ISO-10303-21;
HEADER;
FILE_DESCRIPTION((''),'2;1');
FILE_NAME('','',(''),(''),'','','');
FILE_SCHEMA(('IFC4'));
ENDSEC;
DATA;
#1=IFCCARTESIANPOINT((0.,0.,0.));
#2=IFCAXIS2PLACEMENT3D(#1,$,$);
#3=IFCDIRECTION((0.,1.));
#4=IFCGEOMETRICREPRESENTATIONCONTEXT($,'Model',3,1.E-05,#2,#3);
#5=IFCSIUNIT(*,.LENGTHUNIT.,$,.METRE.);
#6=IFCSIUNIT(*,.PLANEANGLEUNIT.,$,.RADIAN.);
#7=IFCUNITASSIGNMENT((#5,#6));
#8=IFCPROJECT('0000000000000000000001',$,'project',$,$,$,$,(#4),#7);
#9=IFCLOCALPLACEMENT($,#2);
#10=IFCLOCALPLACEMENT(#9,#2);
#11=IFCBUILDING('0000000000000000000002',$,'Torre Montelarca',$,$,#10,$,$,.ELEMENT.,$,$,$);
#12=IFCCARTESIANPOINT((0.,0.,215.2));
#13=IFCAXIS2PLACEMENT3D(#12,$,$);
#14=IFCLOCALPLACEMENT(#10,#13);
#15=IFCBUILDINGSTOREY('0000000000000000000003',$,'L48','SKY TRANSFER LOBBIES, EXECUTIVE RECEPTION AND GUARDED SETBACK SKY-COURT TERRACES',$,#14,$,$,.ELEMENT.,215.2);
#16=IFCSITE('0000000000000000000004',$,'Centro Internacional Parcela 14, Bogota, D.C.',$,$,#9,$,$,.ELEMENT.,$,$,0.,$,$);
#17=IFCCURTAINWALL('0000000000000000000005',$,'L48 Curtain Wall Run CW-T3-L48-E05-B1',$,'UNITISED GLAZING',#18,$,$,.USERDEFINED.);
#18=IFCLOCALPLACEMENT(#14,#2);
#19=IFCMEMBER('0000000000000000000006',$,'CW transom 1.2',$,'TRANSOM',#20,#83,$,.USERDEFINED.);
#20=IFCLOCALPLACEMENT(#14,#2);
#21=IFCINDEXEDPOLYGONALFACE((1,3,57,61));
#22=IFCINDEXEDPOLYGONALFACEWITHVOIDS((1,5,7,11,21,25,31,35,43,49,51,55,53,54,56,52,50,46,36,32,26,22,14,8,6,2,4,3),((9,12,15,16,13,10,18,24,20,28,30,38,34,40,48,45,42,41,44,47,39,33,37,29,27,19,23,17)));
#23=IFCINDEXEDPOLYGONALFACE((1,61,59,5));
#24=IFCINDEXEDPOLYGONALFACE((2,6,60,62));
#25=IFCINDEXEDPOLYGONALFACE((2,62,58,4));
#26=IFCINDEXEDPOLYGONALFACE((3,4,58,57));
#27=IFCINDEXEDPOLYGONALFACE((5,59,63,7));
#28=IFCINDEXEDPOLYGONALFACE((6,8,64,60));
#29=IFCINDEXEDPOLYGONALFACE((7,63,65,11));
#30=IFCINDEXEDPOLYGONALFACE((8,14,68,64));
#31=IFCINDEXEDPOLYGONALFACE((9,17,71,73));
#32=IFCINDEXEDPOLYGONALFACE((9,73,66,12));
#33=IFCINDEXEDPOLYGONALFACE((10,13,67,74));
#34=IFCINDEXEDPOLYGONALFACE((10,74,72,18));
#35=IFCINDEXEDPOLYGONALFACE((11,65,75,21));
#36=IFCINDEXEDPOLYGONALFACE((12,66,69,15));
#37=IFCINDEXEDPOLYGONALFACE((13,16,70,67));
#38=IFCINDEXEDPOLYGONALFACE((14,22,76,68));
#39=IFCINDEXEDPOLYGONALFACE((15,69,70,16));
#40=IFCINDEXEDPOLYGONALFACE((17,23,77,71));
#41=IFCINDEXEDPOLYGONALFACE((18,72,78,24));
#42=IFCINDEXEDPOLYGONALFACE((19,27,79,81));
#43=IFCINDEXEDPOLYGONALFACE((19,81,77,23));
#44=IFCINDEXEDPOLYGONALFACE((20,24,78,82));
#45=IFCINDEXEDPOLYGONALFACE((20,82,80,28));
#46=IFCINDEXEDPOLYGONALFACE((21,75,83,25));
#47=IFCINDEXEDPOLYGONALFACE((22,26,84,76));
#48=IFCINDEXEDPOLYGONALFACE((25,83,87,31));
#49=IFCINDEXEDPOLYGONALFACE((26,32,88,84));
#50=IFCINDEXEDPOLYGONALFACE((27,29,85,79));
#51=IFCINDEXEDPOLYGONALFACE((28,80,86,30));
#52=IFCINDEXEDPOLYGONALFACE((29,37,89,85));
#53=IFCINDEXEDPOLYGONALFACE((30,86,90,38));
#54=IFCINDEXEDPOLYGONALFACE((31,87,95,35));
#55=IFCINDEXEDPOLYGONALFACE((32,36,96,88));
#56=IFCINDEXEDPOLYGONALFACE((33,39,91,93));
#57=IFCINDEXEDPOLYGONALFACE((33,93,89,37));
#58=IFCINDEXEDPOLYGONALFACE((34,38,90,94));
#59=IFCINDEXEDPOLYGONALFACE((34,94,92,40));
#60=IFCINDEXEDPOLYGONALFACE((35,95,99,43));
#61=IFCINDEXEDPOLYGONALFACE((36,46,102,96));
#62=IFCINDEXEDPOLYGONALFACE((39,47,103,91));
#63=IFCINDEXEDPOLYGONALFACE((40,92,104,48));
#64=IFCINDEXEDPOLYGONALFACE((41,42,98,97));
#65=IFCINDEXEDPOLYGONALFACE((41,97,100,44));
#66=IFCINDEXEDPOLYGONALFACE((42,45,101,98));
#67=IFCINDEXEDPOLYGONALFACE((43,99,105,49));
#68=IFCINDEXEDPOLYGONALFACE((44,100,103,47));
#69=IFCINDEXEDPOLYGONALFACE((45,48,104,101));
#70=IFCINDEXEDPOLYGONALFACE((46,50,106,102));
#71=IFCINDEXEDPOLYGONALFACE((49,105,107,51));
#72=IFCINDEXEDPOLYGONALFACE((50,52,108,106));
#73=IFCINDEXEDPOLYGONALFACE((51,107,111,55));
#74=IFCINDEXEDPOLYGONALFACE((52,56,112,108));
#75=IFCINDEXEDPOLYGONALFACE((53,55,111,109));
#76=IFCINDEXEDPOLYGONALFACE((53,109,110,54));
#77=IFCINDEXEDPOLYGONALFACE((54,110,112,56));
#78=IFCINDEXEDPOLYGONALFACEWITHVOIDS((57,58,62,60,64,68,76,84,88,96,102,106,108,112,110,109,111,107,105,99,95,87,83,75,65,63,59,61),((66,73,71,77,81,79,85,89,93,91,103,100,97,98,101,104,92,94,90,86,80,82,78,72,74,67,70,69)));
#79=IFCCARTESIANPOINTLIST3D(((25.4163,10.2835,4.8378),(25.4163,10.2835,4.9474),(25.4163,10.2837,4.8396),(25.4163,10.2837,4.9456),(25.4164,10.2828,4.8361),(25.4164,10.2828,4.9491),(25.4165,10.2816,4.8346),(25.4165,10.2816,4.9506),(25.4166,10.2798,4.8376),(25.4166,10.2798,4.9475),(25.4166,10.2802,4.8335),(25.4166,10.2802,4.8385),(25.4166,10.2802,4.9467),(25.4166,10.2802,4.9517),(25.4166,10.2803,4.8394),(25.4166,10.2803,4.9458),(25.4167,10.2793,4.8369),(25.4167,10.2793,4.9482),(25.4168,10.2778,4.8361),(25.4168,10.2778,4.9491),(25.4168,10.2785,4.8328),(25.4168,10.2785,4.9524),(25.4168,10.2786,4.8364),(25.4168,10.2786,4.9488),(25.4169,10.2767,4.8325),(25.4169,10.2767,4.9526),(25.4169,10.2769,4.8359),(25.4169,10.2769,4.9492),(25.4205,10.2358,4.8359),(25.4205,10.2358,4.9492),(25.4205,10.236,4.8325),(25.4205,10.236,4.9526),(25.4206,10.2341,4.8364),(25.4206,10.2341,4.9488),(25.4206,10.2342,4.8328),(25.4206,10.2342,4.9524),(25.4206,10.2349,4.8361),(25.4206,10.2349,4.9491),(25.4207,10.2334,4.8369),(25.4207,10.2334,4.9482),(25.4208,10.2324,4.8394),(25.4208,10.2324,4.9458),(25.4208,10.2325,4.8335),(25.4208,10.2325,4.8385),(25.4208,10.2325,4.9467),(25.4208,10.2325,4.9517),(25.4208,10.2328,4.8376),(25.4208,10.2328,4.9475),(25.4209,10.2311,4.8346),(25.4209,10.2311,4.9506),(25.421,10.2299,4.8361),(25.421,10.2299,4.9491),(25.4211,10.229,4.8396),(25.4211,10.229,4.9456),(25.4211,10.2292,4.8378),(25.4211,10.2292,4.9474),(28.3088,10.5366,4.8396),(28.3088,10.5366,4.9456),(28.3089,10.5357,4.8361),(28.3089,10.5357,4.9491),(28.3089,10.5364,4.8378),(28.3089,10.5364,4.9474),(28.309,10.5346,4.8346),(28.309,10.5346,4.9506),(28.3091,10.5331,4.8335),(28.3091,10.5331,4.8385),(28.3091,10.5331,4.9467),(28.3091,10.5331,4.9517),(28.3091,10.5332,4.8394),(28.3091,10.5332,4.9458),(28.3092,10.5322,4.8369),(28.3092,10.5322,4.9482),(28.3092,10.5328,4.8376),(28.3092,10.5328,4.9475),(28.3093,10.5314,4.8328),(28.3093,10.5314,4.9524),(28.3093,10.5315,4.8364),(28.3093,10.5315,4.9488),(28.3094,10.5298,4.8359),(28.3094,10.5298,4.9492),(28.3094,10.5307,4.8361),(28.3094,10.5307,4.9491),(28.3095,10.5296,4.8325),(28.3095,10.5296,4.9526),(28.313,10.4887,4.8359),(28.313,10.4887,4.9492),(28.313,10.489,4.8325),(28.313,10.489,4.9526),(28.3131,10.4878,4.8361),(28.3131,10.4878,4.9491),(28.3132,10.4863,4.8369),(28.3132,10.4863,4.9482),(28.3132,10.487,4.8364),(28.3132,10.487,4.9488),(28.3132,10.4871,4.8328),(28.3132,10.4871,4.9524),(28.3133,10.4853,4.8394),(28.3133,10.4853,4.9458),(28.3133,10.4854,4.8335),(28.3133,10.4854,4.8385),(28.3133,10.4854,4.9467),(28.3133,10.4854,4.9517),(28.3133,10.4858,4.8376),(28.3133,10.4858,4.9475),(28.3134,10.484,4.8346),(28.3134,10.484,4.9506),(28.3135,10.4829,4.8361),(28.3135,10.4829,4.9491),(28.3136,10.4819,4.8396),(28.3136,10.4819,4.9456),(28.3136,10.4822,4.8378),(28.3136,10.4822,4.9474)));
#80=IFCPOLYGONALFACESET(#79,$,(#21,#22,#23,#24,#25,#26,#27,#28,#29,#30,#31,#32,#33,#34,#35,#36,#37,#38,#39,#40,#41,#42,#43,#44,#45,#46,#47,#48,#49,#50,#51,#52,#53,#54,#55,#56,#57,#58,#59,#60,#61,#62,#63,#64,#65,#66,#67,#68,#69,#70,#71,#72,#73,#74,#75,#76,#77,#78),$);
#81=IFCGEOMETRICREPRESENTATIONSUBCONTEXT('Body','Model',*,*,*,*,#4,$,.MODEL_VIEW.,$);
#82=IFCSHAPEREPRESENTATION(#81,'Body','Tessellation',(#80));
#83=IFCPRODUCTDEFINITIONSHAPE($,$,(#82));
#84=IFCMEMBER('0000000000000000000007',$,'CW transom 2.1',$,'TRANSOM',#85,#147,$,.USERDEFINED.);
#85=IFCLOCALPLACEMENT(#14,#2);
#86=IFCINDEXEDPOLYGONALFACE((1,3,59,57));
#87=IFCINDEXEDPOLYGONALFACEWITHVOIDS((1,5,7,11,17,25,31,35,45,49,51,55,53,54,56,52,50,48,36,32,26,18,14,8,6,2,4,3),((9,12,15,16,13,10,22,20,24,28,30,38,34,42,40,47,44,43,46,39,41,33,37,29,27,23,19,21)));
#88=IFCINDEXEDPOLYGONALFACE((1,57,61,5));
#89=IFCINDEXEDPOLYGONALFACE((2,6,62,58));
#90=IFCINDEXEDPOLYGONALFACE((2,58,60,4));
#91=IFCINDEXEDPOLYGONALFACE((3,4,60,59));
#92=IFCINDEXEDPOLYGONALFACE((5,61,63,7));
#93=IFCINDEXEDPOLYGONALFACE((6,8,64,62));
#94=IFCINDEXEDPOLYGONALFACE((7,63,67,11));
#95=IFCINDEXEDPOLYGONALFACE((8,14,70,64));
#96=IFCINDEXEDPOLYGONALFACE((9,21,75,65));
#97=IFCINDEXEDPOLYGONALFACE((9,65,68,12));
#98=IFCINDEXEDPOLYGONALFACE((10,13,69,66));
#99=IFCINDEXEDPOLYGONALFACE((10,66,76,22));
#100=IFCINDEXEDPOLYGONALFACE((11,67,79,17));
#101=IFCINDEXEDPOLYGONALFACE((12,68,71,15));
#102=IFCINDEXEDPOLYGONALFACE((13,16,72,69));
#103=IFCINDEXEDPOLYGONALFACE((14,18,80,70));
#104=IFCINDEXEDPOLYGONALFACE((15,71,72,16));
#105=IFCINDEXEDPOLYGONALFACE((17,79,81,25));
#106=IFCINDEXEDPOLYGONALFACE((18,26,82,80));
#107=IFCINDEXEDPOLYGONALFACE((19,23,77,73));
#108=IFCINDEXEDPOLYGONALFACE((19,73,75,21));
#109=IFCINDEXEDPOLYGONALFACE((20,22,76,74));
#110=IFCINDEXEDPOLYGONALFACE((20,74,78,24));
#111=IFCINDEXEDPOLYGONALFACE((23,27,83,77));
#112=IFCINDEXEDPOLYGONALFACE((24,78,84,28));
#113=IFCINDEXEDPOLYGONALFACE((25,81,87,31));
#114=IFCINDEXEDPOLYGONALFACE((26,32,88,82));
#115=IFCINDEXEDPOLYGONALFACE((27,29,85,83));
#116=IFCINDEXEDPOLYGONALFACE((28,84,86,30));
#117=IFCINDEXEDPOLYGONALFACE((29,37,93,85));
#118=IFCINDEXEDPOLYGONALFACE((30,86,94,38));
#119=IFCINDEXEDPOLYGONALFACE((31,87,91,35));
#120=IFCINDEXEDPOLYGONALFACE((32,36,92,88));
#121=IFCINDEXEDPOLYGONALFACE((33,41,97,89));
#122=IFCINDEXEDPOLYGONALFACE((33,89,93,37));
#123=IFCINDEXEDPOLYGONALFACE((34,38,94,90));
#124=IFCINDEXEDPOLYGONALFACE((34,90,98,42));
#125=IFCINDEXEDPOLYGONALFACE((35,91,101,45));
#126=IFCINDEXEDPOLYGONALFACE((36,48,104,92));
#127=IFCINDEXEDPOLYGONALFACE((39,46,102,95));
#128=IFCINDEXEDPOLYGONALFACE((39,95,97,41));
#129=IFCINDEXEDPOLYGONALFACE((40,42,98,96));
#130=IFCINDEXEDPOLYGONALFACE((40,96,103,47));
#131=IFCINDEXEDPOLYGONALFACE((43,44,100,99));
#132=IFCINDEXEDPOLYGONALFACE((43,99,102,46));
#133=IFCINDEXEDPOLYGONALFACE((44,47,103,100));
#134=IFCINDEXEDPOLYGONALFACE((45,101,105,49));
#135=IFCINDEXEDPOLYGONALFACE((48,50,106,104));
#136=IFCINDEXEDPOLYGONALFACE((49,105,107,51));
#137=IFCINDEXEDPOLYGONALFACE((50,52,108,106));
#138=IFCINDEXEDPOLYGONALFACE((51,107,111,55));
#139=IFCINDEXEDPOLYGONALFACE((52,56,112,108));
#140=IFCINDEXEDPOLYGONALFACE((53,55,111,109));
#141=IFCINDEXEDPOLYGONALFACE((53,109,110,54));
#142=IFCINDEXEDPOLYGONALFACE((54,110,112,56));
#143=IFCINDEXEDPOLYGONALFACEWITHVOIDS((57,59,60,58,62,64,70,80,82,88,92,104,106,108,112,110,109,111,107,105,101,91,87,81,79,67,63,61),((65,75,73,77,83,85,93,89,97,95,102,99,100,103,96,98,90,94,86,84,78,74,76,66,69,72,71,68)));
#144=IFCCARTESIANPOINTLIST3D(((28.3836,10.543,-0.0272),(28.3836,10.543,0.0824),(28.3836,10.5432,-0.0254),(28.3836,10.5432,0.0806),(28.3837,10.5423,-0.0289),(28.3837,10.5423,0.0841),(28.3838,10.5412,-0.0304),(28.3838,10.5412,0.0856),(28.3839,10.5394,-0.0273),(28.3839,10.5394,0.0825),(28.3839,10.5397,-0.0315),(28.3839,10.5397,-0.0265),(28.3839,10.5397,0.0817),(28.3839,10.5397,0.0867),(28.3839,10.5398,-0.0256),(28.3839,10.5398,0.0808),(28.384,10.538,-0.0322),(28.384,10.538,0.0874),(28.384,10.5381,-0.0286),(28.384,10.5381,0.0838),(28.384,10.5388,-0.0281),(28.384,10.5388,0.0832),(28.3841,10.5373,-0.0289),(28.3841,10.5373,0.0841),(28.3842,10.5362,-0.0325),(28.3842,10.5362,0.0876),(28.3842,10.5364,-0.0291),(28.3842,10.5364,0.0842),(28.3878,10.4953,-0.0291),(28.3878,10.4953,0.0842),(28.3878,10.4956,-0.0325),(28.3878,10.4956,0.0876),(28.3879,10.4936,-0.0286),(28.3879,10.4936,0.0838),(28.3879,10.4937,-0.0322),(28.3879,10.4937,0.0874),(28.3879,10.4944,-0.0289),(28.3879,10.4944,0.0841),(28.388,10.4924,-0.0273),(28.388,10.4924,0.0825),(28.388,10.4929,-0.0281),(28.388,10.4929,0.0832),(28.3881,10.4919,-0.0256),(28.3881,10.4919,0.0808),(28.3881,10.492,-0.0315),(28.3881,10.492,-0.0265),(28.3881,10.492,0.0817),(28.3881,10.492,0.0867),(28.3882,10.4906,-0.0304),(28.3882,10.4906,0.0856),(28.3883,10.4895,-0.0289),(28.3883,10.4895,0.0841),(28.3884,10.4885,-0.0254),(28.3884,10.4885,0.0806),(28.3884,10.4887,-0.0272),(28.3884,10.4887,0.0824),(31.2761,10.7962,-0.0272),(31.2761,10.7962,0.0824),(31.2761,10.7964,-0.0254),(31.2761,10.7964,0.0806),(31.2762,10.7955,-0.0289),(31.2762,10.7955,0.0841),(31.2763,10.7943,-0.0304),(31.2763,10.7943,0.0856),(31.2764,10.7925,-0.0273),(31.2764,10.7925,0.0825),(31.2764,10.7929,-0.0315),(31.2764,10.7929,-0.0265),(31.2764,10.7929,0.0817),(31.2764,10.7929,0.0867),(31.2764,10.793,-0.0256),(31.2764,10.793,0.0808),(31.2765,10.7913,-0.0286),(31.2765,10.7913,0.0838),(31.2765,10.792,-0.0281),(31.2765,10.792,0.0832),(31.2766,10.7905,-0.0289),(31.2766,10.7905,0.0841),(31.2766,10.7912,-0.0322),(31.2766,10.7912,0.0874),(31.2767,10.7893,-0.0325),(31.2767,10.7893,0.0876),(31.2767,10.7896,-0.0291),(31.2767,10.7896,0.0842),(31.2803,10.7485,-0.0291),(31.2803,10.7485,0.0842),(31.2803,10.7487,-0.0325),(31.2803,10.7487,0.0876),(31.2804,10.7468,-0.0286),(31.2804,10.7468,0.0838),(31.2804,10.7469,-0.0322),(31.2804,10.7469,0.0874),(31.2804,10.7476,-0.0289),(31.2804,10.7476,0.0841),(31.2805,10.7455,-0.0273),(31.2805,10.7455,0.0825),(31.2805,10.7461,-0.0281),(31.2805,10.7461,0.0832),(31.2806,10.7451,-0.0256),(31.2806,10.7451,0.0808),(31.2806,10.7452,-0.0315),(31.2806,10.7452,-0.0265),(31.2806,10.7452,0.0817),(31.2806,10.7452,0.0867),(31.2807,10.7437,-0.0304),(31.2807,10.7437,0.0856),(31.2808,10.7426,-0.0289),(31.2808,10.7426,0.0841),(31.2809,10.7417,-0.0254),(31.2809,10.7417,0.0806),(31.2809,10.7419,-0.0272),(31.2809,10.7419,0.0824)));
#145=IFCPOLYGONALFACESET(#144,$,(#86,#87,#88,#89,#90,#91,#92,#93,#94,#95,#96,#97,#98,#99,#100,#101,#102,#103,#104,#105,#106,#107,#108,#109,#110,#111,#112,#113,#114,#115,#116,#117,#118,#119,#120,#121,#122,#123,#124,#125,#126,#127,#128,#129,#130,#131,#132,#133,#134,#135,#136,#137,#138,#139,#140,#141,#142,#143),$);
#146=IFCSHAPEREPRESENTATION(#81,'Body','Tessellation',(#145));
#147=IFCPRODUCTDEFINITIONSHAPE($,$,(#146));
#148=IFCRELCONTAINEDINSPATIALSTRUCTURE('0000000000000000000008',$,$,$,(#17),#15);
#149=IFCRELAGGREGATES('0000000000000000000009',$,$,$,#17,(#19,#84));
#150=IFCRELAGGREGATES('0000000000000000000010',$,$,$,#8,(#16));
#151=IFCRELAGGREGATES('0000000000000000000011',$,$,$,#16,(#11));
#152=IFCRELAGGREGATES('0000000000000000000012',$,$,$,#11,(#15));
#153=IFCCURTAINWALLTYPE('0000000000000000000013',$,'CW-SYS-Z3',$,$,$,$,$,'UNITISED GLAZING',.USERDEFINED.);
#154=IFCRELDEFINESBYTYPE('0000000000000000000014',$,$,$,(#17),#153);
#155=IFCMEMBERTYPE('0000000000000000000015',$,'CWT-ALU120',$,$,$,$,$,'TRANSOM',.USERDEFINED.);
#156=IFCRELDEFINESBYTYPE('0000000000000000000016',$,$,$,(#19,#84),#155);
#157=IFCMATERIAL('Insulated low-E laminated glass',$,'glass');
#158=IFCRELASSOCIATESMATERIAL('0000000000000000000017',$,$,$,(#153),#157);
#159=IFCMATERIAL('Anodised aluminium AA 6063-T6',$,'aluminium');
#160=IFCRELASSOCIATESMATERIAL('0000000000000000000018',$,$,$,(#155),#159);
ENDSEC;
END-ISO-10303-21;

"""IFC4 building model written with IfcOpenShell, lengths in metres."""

from ifc_helpers import new_model, si_unit, direction, frame, origin, origin_2d, place, context, subcontext, project, spatial, hollow_rectangle, extrude, source, transform, mapped, material, material_profile, profile_set, type_object, element, aggregate, save


model = new_model("IFC4")

# Units and contexts
model_context = context("Model", 3, precision=1e-05, world=origin(), true_north=direction((0.0, 1.0)))
body_context = subcontext(model_context, "Body", "Model", "MODEL_VIEW")
ifc_project = project(units=[si_unit("LENGTHUNIT", "METRE"), si_unit("PLANEANGLEUNIT", "RADIAN")], contexts=[model_context])

# Site, building, storey
site_placement = place(None, origin())
site = spatial("IfcSite", under=ifc_project, at=site_placement, Name="Centro Internacional Parcela 14, Bogota, D.C.", CompositionType="ELEMENT", RefElevation=0.0)
building_placement = place(site_placement, origin())
building = spatial("IfcBuilding", under=site, at=building_placement, Name="Torre Montelarca", CompositionType="ELEMENT")
storey_placement = place(building_placement, frame((0.0, 0.0, 215.2)))
storey = spatial("IfcBuildingStorey", under=building, at=storey_placement, Name="L48", Description="SKY TRANSFER LOBBIES, EXECUTIVE RECEPTION AND GUARDED SETBACK SKY-COURT TERRACES", CompositionType="ELEMENT", Elevation=215.2)

# Curtain wall
ifc_material_1 = material(Name="Insulated low-E laminated glass", Category="glass")
curtain_wall_type = type_object("IfcCurtainWallType", Name="CW-SYS-Z3", ElementType="UNITISED GLAZING", PredefinedType="USERDEFINED", material=ifc_material_1)
curtain_wall_1_placement = place(storey_placement, origin())
curtain_wall_1 = element("IfcCurtainWall", 1, at=curtain_wall_1_placement, inside=storey, type_object=curtain_wall_type, Name="L48 Curtain Wall Run CW-T3-L48-E05-B1", ObjectType="UNITISED GLAZING", PredefinedType="USERDEFINED")
ifc_material_2 = material(Name="Anodised aluminium AA 6063-T6", Category="aluminium")

# Members
ifc_material_profile_1 = material_profile(ifc_material_2, hollow_rectangle(XDim=0.0549, YDim=0.1201, WallThickness=0.0034, InnerFilletRadius=0.0034, OuterFilletRadius=0.0071, at=origin_2d()), Name="ALU55X120X3.5", Category="aluminium")
ifc_profile_set_1 = profile_set([ifc_material_profile_1], Name="Anodised aluminium AA 6063-T6")
member_type_1 = type_object("IfcMemberType", Name="CWT-ALU120", ElementType="TRANSOM", PredefinedType="USERDEFINED", material=ifc_profile_set_1)
shared_shape_1 = source(origin(), body_context, "Body", "SweptSolid", [
    extrude(hollow_rectangle(XDim=0.0549, YDim=0.1201, WallThickness=0.0034, InnerFilletRadius=0.0034, OuterFilletRadius=0.0071, at=origin_2d()), origin(), (0.0, 0.0, 1.0), 2.9036),
])
member_1_placement = place(storey_placement, frame((25.4187, 10.2563, 4.8926), z_axis=(0.996199, 0.087109, 0.0), x_axis=(-0.087109, 0.996199, 0.0)))
member_1 = element("IfcMember", 2, at=member_1_placement, type_object=member_type_1, Name="CW transom 1.2", ObjectType="TRANSOM", PredefinedType="USERDEFINED", context=body_context, shape_type="MappedRepresentation", body=[
    mapped(shared_shape_1, transform((0.0, 0.0, 0.0), scale=1.0)),
])
member_2_placement = place(storey_placement, frame((28.386, 10.5159, 0.0276), z_axis=(0.996192, 0.087192, 0.0), x_axis=(-0.087192, 0.996192, 0.0)))
member_2 = element("IfcMember", 3, at=member_2_placement, type_object=member_type_1, Name="CW transom 2.1", ObjectType="TRANSOM", PredefinedType="USERDEFINED", context=body_context, shape_type="MappedRepresentation", body=[
    mapped(shared_shape_1, transform((0.0, 0.0, 0.0), scale=1.0)),
])

aggregate(curtain_wall_1, [member_1, member_2])

save(model, "model.ifc")
